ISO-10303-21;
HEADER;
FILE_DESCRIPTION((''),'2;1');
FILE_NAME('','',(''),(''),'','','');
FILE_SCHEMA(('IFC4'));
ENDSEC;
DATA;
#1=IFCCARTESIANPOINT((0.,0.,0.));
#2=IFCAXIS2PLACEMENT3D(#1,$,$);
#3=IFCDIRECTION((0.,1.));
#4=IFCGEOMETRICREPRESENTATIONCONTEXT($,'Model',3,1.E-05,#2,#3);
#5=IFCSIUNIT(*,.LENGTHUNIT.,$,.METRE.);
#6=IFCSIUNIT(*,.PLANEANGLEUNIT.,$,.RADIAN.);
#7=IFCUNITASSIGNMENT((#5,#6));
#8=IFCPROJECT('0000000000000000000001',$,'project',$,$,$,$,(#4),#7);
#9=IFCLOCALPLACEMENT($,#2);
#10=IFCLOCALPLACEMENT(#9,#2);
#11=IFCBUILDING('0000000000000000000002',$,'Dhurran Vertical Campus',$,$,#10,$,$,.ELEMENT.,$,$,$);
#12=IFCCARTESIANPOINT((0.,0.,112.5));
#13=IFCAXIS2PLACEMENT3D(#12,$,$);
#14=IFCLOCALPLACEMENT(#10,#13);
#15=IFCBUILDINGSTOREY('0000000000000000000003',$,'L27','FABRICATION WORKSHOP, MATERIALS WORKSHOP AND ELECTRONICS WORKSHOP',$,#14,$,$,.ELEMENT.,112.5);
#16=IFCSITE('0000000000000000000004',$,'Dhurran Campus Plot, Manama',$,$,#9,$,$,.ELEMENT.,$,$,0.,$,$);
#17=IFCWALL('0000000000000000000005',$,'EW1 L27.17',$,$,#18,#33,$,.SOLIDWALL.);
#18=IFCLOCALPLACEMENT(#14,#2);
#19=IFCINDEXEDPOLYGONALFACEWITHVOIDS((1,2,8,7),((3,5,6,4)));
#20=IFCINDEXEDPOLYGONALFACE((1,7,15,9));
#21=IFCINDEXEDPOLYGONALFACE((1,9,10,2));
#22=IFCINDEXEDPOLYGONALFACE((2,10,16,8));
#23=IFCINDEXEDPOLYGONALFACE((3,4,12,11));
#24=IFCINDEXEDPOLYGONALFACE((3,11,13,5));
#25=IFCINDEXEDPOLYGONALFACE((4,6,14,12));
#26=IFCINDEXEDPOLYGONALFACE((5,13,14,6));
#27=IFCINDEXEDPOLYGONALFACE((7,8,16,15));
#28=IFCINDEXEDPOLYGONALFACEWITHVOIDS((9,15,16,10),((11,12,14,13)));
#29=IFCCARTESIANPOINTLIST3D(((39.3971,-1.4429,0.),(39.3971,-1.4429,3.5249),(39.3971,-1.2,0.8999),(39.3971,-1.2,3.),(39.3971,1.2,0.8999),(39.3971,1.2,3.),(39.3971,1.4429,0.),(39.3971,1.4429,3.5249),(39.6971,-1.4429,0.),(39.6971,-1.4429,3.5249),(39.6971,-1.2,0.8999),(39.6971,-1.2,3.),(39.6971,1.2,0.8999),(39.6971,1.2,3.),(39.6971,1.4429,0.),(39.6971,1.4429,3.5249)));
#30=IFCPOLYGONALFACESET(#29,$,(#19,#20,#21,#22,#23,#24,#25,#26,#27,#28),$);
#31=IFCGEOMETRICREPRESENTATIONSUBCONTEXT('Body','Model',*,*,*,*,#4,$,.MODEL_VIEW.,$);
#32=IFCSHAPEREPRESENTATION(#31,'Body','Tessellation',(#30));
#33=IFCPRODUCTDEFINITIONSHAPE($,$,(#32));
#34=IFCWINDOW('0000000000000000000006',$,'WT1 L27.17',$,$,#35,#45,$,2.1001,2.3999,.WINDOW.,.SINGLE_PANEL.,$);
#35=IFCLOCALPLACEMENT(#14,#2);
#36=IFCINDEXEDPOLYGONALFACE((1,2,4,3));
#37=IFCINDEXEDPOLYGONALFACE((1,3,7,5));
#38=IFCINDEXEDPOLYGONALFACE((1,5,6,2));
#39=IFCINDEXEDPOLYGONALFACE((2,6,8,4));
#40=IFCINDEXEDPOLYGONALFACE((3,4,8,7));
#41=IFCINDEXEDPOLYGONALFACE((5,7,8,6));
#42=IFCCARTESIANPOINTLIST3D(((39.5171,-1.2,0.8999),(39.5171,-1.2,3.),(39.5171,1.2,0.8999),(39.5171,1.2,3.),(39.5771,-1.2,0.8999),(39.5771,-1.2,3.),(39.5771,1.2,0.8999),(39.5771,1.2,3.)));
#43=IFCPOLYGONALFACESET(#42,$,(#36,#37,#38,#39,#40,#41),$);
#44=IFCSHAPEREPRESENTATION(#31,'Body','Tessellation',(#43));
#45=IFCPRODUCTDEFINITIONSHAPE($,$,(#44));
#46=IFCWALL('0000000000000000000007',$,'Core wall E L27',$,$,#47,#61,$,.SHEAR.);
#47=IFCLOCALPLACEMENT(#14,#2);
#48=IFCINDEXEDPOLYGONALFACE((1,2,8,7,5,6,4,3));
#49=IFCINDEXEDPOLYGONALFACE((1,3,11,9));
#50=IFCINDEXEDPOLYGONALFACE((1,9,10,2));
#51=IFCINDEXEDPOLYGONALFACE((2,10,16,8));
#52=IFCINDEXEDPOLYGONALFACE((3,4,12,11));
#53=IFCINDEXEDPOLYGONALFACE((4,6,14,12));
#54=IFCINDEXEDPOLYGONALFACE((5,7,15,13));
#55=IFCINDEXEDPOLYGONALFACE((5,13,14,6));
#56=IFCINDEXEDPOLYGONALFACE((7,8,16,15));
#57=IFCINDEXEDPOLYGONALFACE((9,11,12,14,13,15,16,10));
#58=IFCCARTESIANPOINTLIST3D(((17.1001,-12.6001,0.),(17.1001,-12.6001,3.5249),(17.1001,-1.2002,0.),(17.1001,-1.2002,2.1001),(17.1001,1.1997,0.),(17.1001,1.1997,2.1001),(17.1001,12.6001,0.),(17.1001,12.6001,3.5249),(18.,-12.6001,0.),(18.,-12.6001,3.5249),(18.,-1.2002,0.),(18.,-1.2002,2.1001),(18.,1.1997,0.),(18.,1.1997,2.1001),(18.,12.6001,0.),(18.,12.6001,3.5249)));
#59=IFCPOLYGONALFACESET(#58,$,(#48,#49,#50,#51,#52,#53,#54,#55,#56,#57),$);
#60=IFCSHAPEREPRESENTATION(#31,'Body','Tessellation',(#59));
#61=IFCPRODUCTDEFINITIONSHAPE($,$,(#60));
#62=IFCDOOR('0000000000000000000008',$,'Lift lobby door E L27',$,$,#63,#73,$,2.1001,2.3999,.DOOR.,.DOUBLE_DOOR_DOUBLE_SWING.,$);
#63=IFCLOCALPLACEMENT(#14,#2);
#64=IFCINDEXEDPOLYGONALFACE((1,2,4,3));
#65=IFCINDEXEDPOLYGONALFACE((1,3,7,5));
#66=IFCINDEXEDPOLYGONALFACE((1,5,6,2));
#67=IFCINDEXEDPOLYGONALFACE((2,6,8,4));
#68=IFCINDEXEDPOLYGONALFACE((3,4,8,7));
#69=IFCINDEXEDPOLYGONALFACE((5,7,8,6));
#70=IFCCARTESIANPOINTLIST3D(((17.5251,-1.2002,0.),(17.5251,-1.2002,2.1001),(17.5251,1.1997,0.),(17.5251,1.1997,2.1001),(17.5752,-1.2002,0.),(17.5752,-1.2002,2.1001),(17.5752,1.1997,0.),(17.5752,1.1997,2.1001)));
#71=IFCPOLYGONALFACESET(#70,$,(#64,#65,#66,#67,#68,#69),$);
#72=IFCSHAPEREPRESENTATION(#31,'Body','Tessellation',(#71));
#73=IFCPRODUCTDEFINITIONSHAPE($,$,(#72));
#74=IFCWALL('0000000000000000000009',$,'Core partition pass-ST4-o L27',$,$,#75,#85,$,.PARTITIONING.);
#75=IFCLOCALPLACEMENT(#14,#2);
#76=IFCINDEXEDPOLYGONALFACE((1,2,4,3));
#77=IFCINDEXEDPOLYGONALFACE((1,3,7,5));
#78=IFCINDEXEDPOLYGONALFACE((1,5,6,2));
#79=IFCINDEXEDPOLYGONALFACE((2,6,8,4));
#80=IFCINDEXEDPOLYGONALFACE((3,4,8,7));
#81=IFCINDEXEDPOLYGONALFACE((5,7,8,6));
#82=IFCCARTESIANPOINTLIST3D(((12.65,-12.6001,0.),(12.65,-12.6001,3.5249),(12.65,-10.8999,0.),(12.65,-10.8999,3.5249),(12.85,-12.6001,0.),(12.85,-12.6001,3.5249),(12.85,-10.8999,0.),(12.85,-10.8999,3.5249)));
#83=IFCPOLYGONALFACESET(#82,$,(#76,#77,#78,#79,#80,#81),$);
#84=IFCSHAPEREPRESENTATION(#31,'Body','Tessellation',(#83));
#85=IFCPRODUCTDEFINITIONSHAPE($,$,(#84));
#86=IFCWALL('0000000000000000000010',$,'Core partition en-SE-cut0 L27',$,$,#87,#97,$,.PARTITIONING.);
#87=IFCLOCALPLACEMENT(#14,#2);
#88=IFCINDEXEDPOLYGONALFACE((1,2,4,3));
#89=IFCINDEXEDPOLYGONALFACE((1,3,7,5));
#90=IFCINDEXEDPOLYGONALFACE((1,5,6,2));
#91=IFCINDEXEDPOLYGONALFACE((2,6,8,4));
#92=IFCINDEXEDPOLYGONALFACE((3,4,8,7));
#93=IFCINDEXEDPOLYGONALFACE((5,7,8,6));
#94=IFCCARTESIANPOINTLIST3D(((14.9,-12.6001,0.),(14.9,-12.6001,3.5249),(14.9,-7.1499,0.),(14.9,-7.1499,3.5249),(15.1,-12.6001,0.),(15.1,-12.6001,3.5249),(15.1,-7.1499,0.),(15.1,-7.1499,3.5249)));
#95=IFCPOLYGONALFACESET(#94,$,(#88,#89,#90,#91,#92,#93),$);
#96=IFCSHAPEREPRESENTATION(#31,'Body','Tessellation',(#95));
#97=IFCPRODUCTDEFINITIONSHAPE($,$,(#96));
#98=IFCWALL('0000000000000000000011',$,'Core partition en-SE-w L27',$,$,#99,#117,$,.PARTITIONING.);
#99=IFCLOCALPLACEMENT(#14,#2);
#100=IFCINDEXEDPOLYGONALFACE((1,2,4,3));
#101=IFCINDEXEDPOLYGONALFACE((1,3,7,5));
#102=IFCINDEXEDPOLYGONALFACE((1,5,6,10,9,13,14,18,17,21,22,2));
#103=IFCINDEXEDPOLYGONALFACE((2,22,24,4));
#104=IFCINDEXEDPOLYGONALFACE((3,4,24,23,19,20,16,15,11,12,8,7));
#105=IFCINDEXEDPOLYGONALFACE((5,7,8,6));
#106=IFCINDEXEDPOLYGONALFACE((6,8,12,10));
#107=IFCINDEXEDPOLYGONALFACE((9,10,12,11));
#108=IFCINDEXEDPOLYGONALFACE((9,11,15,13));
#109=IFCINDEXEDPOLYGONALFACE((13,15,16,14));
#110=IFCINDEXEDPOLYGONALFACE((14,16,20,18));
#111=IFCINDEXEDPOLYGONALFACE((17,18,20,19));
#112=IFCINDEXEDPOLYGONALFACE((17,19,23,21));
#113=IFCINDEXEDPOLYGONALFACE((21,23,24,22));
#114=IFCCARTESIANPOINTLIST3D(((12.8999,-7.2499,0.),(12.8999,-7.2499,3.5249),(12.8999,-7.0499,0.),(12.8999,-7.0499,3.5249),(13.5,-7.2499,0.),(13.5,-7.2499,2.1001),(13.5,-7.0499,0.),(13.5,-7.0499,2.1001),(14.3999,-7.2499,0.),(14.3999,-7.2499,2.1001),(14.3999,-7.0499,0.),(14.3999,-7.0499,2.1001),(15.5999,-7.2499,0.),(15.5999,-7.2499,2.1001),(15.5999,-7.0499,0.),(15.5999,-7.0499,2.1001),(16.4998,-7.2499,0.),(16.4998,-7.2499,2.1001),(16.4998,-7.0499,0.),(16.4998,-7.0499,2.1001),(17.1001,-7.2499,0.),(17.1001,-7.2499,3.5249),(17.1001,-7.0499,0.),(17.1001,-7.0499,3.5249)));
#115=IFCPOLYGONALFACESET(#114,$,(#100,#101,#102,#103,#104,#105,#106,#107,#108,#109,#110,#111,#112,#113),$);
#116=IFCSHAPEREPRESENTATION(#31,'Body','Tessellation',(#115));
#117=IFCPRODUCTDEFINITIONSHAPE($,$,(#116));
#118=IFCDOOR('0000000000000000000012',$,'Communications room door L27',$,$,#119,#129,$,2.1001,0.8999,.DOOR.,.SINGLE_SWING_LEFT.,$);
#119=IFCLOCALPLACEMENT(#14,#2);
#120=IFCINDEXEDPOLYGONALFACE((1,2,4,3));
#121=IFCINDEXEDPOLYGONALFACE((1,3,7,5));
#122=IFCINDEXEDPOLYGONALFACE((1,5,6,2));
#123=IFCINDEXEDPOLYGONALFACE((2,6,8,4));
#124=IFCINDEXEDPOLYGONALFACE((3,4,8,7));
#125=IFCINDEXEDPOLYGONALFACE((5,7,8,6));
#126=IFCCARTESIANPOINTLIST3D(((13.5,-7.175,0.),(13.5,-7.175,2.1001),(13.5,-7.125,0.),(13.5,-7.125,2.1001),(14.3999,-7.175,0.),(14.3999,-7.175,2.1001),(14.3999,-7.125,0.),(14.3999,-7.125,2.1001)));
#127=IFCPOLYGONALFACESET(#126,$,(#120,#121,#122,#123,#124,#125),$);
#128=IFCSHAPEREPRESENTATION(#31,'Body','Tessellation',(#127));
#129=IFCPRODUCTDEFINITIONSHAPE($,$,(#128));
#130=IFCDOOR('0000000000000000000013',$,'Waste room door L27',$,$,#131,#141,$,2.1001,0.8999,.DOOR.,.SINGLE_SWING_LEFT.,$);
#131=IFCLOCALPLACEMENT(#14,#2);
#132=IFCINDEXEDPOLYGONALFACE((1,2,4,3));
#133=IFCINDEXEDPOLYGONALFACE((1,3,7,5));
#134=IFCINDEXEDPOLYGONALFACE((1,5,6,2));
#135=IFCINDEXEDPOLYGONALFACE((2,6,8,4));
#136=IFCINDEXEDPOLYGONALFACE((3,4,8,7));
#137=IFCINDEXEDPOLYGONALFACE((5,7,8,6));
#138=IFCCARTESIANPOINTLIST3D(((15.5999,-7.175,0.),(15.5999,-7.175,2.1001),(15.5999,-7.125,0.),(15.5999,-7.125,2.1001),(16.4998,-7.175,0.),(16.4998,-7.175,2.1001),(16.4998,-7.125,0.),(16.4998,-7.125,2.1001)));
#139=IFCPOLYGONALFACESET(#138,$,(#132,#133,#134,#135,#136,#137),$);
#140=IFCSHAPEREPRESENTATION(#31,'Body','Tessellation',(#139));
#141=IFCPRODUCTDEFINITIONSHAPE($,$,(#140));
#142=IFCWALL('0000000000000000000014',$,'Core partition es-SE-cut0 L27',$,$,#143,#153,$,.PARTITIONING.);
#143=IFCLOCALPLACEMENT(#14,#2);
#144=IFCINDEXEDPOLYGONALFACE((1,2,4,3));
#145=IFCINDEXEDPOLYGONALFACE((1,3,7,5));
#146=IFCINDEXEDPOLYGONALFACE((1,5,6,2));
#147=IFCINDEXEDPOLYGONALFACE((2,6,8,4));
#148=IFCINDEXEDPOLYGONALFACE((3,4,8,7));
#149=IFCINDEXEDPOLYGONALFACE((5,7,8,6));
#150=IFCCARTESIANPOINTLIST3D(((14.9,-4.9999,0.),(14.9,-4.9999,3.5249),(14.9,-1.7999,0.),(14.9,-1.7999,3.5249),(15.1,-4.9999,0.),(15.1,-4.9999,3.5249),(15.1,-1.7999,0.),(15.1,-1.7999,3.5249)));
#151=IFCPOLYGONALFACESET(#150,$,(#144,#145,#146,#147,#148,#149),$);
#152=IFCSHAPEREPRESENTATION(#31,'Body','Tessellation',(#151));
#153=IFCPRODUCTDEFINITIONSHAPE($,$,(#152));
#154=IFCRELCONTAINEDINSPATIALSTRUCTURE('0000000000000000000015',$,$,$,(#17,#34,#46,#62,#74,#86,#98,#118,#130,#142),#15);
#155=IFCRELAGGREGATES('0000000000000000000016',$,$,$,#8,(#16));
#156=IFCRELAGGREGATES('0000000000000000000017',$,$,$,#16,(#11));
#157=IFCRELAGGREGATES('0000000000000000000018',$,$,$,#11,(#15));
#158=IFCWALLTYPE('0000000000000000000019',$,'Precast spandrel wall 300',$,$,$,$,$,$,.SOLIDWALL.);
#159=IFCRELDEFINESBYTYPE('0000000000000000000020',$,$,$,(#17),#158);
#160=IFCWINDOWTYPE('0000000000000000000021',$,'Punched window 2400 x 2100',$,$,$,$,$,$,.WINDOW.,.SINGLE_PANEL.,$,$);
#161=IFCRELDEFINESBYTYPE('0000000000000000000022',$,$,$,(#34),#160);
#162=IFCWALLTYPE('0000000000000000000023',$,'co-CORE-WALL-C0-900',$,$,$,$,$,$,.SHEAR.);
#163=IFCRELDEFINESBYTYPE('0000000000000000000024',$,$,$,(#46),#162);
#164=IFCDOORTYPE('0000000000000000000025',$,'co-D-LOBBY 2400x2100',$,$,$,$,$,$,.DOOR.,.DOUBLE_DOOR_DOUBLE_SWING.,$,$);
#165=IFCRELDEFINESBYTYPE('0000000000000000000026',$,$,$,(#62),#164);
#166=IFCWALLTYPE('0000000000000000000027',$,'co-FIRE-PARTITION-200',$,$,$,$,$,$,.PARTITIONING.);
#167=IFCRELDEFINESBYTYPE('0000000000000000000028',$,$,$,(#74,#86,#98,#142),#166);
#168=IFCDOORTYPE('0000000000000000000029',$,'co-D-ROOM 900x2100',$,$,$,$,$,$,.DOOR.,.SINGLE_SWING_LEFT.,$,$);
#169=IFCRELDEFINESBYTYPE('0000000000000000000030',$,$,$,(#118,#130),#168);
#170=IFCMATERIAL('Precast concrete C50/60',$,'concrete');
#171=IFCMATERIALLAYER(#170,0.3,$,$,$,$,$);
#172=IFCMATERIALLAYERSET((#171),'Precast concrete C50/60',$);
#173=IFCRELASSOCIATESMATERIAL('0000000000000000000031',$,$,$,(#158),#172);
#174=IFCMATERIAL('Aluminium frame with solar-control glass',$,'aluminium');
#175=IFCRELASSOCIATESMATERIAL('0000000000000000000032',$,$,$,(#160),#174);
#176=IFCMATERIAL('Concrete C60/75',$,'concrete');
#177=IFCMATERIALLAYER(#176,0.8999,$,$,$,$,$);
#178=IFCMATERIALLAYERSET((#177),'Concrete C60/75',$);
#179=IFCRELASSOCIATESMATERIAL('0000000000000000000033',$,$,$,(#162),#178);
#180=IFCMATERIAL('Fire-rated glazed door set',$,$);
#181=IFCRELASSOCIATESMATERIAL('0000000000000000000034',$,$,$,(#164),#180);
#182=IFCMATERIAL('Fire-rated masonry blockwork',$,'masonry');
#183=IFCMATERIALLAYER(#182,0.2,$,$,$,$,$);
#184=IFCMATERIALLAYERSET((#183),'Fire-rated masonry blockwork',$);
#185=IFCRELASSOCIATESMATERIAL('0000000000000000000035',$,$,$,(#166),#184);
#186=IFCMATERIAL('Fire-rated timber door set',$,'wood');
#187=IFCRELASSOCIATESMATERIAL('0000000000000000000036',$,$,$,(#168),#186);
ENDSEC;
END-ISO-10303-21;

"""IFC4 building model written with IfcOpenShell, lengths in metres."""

from ifc_helpers import new_model, si_unit, direction, frame, frame_2d, origin, place, context, subcontext, project, spatial, rectangle, extrude, material, layer, layer_set, type_object, element, fill, save


model = new_model("IFC4")

# Units and contexts
model_context = context("Model", 3, precision=1e-05, world=origin(), true_north=direction((0.0, 1.0)))
body_context = subcontext(model_context, "Body", "Model", "MODEL_VIEW")
ifc_project = project(units=[si_unit("LENGTHUNIT", "METRE"), si_unit("PLANEANGLEUNIT", "RADIAN")], contexts=[model_context])

# Site, building, storey
site_placement = place(None, origin())
site = spatial("IfcSite", under=ifc_project, at=site_placement, Name="Dhurran Campus Plot, Manama", CompositionType="ELEMENT", RefElevation=0.0)
building_placement = place(site_placement, origin())
building = spatial("IfcBuilding", under=site, at=building_placement, Name="Dhurran Vertical Campus", CompositionType="ELEMENT")
storey_placement = place(building_placement, frame((0.0, 0.0, 112.5)))
storey = spatial("IfcBuildingStorey", under=building, at=storey_placement, Name="L27", Description="FABRICATION WORKSHOP, MATERIALS WORKSHOP AND ELECTRONICS WORKSHOP", CompositionType="ELEMENT", Elevation=112.5)

# Wall, opening, window
ifc_material_1 = material(Name="Precast concrete C50/60", Category="concrete")
ifc_layer_1 = layer(ifc_material_1, 0.3)
ifc_layer_set_1 = layer_set([ifc_layer_1], Name="Precast concrete C50/60")
wall_type_1 = type_object("IfcWallType", Name="Precast spandrel wall 300", PredefinedType="SOLIDWALL", material=ifc_layer_set_1)
ifc_material_2 = material(Name="Aluminium frame with solar-control glass", Category="aluminium")
window_type = type_object("IfcWindowType", Name="Punched window 2400 x 2100", PartitioningType="SINGLE_PANEL", PredefinedType="WINDOW", material=ifc_material_2)
wall_1_placement = place(storey_placement, frame((39.5471, -1.4429, 0.0), z_axis=(0.0, 0.0, 1.0), x_axis=(0.0, 1.0, 0.0)))
wall_1 = element("IfcWall", 1, at=wall_1_placement, inside=storey, type_object=wall_type_1, Name="EW1 L27.17", PredefinedType="SOLIDWALL", context=body_context, shape_type="SweptSolid", body=[
    extrude(rectangle(XDim=2.8857, YDim=0.3, at=frame_2d((1.4429, 0.0))), origin(), (0.0, 0.0, 1.0), 3.5249),
])
opening_1_placement = place(wall_1_placement, frame((0.2429, 0.0, 0.8999)))
opening_1 = element("IfcOpeningElement", 2, at=opening_1_placement, cuts=wall_1, PredefinedType="OPENING", context=body_context, shape_type="SweptSolid", body=[
    extrude(rectangle(XDim=2.3999, YDim=2.1001, at=frame_2d((1.2, 1.05))), frame((0.0, 0.1599, 0.0), z_axis=(0.0, -1.0, 0.0), x_axis=(1.0, 0.0, 0.0)), (0.0, 0.0, 1.0), 0.3201),
])
window_1_placement = place(opening_1_placement, origin())
window_1 = element("IfcWindow", 3, at=window_1_placement, inside=storey, type_object=window_type, Name="WT1 L27.17", OverallHeight=2.1001, OverallWidth=2.3999, PartitioningType="SINGLE_PANEL", PredefinedType="WINDOW", context=body_context, shape_type="SweptSolid", body=[
    extrude(rectangle(XDim=2.3999, YDim=2.1001, at=frame_2d((1.2, 1.05))), frame((0.0, 0.03, 0.0), z_axis=(0.0, -1.0, 0.0), x_axis=(1.0, 0.0, 0.0)), (0.0, 0.0, 1.0), 0.0601),
])
fill(opening_1, window_1)

# Wall, opening, door
ifc_material_3 = material(Name="Concrete C60/75", Category="concrete")
ifc_layer_2 = layer(ifc_material_3, 0.8999)
ifc_layer_set_2 = layer_set([ifc_layer_2], Name="Concrete C60/75")
wall_type_2 = type_object("IfcWallType", Name="co-CORE-WALL-C0-900", PredefinedType="SHEAR", material=ifc_layer_set_2)
wall_2_placement = place(storey_placement, frame((17.55, -12.6001, 0.0), z_axis=(0.0, 0.0, 1.0), x_axis=(0.0, 1.0, 0.0)))
wall_2 = element("IfcWall", 4, at=wall_2_placement, inside=storey, type_object=wall_type_2, Name="Core wall E L27", PredefinedType="SHEAR", context=body_context, shape_type="SweptSolid", body=[
    extrude(rectangle(XDim=25.2002, YDim=0.8999, at=frame_2d((12.6001, 0.0))), origin(), (0.0, 0.0, 1.0), 3.5249),
])
opening_2_placement = place(wall_2_placement, frame((11.3999, 0.0, 0.0)))
opening_2 = element("IfcOpeningElement", 5, at=opening_2_placement, cuts=wall_2, PredefinedType="OPENING", context=body_context, shape_type="SweptSolid", body=[
    extrude(rectangle(XDim=2.3999, YDim=2.1001, at=frame_2d((1.2, 1.05))), frame((0.0, 0.46, 0.0), z_axis=(0.0, -1.0, 0.0), x_axis=(1.0, 0.0, 0.0)), (0.0, 0.0, 1.0), 0.9199),
])
ifc_material_4 = material(Name="Fire-rated glazed door set")
door_type_1 = type_object("IfcDoorType", Name="co-D-LOBBY 2400x2100", OperationType="DOUBLE_DOOR_DOUBLE_SWING", PredefinedType="DOOR", material=ifc_material_4)
door_1_placement = place(opening_2_placement, origin())
door_1 = element("IfcDoor", 6, at=door_1_placement, inside=storey, type_object=door_type_1, Name="Lift lobby door E L27", OperationType="DOUBLE_DOOR_DOUBLE_SWING", OverallHeight=2.1001, OverallWidth=2.3999, PredefinedType="DOOR", context=body_context, shape_type="SweptSolid", body=[
    extrude(rectangle(XDim=2.3999, YDim=2.1001, at=frame_2d((1.2, 1.05))), frame((0.0, 0.0249, 0.0), z_axis=(0.0, -1.0, 0.0), x_axis=(1.0, 0.0, 0.0)), (0.0, 0.0, 1.0), 0.05),
])
fill(opening_2, door_1)

# Walls
ifc_material_5 = material(Name="Fire-rated masonry blockwork", Category="masonry")
ifc_layer_3 = layer(ifc_material_5, 0.2)
ifc_layer_set_3 = layer_set([ifc_layer_3], Name="Fire-rated masonry blockwork")
wall_type_3 = type_object("IfcWallType", Name="co-FIRE-PARTITION-200", PredefinedType="PARTITIONING", material=ifc_layer_set_3)
wall_3_placement = place(storey_placement, frame((12.75, -12.6001, 0.0), z_axis=(0.0, 0.0, 1.0), x_axis=(0.0, 1.0, 0.0)))
element("IfcWall", 7, at=wall_3_placement, inside=storey, type_object=wall_type_3, Name="Core partition pass-ST4-o L27", PredefinedType="PARTITIONING", context=body_context, shape_type="SweptSolid", body=[
    extrude(rectangle(XDim=1.7002, YDim=0.2, at=frame_2d((0.8501, 0.0))), origin(), (0.0, 0.0, 1.0), 3.5249),
])
wall_4_placement = place(storey_placement, frame((15.0, -12.6001, 0.0), z_axis=(0.0, 0.0, 1.0), x_axis=(0.0, 1.0, 0.0)))
element("IfcWall", 8, at=wall_4_placement, inside=storey, type_object=wall_type_3, Name="Core partition en-SE-cut0 L27", PredefinedType="PARTITIONING", context=body_context, shape_type="SweptSolid", body=[
    extrude(rectangle(XDim=5.4502, YDim=0.2, at=frame_2d((2.7251, 0.0))), origin(), (0.0, 0.0, 1.0), 3.5249),
])

# Wall, openings, doors
wall_5_placement = place(storey_placement, frame((12.8999, -7.1499, 0.0), z_axis=(0.0, 0.0, 1.0), x_axis=(1.0, 0.0, 0.0)))
wall_5 = element("IfcWall", 9, at=wall_5_placement, inside=storey, type_object=wall_type_3, Name="Core partition en-SE-w L27", PredefinedType="PARTITIONING", context=body_context, shape_type="SweptSolid", body=[
    extrude(rectangle(XDim=4.2002, YDim=0.2, at=frame_2d((2.1001, 0.0))), origin(), (0.0, 0.0, 1.0), 3.5249),
])
opening_3_placement = place(wall_5_placement, frame((0.6001, 0.0, 0.0)))
opening_3 = element("IfcOpeningElement", 10, at=opening_3_placement, cuts=wall_5, PredefinedType="OPENING", context=body_context, shape_type="SweptSolid", body=[
    extrude(rectangle(XDim=0.8999, YDim=2.1001, at=frame_2d((0.45, 1.05))), frame((0.0, 0.1099, 0.0), z_axis=(0.0, -1.0, 0.0), x_axis=(1.0, 0.0, 0.0)), (0.0, 0.0, 1.0), 0.22),
])
opening_4_placement = place(wall_5_placement, frame((2.7, 0.0, 0.0)))
opening_4 = element("IfcOpeningElement", 11, at=opening_4_placement, cuts=wall_5, PredefinedType="OPENING", context=body_context, shape_type="SweptSolid", body=[
    extrude(rectangle(XDim=0.8999, YDim=2.1001, at=frame_2d((0.45, 1.05))), frame((0.0, 0.1099, 0.0), z_axis=(0.0, -1.0, 0.0), x_axis=(1.0, 0.0, 0.0)), (0.0, 0.0, 1.0), 0.22),
])
ifc_material_6 = material(Name="Fire-rated timber door set", Category="wood")
door_type_2 = type_object("IfcDoorType", Name="co-D-ROOM 900x2100", OperationType="SINGLE_SWING_LEFT", PredefinedType="DOOR", material=ifc_material_6)
door_2_placement = place(opening_3_placement, origin())
door_2 = element("IfcDoor", 12, at=door_2_placement, inside=storey, type_object=door_type_2, Name="Communications room door L27", OperationType="SINGLE_SWING_LEFT", OverallHeight=2.1001, OverallWidth=0.8999, PredefinedType="DOOR", context=body_context, shape_type="SweptSolid", body=[
    extrude(rectangle(XDim=0.8999, YDim=2.1001, at=frame_2d((0.45, 1.05))), frame((0.0, 0.0249, 0.0), z_axis=(0.0, -1.0, 0.0), x_axis=(1.0, 0.0, 0.0)), (0.0, 0.0, 1.0), 0.05),
])
fill(opening_3, door_2)
door_3_placement = place(opening_4_placement, origin())
door_3 = element("IfcDoor", 13, at=door_3_placement, inside=storey, type_object=door_type_2, Name="Waste room door L27", OperationType="SINGLE_SWING_LEFT", OverallHeight=2.1001, OverallWidth=0.8999, PredefinedType="DOOR", context=body_context, shape_type="SweptSolid", body=[
    extrude(rectangle(XDim=0.8999, YDim=2.1001, at=frame_2d((0.45, 1.05))), frame((0.0, 0.0249, 0.0), z_axis=(0.0, -1.0, 0.0), x_axis=(1.0, 0.0, 0.0)), (0.0, 0.0, 1.0), 0.05),
])
fill(opening_4, door_3)

# Wall
wall_6_placement = place(storey_placement, frame((15.0, -5.0, 0.0), z_axis=(0.0, 0.0, 1.0), x_axis=(0.0, 1.0, 0.0)))
element("IfcWall", 14, at=wall_6_placement, inside=storey, type_object=wall_type_3, Name="Core partition es-SE-cut0 L27", PredefinedType="PARTITIONING", context=body_context, shape_type="SweptSolid", body=[
    extrude(rectangle(XDim=3.2, YDim=0.2, at=frame_2d((1.6001, 0.0))), origin(), (0.0, 0.0, 1.0), 3.5249),
])

save(model, "model.ifc")
